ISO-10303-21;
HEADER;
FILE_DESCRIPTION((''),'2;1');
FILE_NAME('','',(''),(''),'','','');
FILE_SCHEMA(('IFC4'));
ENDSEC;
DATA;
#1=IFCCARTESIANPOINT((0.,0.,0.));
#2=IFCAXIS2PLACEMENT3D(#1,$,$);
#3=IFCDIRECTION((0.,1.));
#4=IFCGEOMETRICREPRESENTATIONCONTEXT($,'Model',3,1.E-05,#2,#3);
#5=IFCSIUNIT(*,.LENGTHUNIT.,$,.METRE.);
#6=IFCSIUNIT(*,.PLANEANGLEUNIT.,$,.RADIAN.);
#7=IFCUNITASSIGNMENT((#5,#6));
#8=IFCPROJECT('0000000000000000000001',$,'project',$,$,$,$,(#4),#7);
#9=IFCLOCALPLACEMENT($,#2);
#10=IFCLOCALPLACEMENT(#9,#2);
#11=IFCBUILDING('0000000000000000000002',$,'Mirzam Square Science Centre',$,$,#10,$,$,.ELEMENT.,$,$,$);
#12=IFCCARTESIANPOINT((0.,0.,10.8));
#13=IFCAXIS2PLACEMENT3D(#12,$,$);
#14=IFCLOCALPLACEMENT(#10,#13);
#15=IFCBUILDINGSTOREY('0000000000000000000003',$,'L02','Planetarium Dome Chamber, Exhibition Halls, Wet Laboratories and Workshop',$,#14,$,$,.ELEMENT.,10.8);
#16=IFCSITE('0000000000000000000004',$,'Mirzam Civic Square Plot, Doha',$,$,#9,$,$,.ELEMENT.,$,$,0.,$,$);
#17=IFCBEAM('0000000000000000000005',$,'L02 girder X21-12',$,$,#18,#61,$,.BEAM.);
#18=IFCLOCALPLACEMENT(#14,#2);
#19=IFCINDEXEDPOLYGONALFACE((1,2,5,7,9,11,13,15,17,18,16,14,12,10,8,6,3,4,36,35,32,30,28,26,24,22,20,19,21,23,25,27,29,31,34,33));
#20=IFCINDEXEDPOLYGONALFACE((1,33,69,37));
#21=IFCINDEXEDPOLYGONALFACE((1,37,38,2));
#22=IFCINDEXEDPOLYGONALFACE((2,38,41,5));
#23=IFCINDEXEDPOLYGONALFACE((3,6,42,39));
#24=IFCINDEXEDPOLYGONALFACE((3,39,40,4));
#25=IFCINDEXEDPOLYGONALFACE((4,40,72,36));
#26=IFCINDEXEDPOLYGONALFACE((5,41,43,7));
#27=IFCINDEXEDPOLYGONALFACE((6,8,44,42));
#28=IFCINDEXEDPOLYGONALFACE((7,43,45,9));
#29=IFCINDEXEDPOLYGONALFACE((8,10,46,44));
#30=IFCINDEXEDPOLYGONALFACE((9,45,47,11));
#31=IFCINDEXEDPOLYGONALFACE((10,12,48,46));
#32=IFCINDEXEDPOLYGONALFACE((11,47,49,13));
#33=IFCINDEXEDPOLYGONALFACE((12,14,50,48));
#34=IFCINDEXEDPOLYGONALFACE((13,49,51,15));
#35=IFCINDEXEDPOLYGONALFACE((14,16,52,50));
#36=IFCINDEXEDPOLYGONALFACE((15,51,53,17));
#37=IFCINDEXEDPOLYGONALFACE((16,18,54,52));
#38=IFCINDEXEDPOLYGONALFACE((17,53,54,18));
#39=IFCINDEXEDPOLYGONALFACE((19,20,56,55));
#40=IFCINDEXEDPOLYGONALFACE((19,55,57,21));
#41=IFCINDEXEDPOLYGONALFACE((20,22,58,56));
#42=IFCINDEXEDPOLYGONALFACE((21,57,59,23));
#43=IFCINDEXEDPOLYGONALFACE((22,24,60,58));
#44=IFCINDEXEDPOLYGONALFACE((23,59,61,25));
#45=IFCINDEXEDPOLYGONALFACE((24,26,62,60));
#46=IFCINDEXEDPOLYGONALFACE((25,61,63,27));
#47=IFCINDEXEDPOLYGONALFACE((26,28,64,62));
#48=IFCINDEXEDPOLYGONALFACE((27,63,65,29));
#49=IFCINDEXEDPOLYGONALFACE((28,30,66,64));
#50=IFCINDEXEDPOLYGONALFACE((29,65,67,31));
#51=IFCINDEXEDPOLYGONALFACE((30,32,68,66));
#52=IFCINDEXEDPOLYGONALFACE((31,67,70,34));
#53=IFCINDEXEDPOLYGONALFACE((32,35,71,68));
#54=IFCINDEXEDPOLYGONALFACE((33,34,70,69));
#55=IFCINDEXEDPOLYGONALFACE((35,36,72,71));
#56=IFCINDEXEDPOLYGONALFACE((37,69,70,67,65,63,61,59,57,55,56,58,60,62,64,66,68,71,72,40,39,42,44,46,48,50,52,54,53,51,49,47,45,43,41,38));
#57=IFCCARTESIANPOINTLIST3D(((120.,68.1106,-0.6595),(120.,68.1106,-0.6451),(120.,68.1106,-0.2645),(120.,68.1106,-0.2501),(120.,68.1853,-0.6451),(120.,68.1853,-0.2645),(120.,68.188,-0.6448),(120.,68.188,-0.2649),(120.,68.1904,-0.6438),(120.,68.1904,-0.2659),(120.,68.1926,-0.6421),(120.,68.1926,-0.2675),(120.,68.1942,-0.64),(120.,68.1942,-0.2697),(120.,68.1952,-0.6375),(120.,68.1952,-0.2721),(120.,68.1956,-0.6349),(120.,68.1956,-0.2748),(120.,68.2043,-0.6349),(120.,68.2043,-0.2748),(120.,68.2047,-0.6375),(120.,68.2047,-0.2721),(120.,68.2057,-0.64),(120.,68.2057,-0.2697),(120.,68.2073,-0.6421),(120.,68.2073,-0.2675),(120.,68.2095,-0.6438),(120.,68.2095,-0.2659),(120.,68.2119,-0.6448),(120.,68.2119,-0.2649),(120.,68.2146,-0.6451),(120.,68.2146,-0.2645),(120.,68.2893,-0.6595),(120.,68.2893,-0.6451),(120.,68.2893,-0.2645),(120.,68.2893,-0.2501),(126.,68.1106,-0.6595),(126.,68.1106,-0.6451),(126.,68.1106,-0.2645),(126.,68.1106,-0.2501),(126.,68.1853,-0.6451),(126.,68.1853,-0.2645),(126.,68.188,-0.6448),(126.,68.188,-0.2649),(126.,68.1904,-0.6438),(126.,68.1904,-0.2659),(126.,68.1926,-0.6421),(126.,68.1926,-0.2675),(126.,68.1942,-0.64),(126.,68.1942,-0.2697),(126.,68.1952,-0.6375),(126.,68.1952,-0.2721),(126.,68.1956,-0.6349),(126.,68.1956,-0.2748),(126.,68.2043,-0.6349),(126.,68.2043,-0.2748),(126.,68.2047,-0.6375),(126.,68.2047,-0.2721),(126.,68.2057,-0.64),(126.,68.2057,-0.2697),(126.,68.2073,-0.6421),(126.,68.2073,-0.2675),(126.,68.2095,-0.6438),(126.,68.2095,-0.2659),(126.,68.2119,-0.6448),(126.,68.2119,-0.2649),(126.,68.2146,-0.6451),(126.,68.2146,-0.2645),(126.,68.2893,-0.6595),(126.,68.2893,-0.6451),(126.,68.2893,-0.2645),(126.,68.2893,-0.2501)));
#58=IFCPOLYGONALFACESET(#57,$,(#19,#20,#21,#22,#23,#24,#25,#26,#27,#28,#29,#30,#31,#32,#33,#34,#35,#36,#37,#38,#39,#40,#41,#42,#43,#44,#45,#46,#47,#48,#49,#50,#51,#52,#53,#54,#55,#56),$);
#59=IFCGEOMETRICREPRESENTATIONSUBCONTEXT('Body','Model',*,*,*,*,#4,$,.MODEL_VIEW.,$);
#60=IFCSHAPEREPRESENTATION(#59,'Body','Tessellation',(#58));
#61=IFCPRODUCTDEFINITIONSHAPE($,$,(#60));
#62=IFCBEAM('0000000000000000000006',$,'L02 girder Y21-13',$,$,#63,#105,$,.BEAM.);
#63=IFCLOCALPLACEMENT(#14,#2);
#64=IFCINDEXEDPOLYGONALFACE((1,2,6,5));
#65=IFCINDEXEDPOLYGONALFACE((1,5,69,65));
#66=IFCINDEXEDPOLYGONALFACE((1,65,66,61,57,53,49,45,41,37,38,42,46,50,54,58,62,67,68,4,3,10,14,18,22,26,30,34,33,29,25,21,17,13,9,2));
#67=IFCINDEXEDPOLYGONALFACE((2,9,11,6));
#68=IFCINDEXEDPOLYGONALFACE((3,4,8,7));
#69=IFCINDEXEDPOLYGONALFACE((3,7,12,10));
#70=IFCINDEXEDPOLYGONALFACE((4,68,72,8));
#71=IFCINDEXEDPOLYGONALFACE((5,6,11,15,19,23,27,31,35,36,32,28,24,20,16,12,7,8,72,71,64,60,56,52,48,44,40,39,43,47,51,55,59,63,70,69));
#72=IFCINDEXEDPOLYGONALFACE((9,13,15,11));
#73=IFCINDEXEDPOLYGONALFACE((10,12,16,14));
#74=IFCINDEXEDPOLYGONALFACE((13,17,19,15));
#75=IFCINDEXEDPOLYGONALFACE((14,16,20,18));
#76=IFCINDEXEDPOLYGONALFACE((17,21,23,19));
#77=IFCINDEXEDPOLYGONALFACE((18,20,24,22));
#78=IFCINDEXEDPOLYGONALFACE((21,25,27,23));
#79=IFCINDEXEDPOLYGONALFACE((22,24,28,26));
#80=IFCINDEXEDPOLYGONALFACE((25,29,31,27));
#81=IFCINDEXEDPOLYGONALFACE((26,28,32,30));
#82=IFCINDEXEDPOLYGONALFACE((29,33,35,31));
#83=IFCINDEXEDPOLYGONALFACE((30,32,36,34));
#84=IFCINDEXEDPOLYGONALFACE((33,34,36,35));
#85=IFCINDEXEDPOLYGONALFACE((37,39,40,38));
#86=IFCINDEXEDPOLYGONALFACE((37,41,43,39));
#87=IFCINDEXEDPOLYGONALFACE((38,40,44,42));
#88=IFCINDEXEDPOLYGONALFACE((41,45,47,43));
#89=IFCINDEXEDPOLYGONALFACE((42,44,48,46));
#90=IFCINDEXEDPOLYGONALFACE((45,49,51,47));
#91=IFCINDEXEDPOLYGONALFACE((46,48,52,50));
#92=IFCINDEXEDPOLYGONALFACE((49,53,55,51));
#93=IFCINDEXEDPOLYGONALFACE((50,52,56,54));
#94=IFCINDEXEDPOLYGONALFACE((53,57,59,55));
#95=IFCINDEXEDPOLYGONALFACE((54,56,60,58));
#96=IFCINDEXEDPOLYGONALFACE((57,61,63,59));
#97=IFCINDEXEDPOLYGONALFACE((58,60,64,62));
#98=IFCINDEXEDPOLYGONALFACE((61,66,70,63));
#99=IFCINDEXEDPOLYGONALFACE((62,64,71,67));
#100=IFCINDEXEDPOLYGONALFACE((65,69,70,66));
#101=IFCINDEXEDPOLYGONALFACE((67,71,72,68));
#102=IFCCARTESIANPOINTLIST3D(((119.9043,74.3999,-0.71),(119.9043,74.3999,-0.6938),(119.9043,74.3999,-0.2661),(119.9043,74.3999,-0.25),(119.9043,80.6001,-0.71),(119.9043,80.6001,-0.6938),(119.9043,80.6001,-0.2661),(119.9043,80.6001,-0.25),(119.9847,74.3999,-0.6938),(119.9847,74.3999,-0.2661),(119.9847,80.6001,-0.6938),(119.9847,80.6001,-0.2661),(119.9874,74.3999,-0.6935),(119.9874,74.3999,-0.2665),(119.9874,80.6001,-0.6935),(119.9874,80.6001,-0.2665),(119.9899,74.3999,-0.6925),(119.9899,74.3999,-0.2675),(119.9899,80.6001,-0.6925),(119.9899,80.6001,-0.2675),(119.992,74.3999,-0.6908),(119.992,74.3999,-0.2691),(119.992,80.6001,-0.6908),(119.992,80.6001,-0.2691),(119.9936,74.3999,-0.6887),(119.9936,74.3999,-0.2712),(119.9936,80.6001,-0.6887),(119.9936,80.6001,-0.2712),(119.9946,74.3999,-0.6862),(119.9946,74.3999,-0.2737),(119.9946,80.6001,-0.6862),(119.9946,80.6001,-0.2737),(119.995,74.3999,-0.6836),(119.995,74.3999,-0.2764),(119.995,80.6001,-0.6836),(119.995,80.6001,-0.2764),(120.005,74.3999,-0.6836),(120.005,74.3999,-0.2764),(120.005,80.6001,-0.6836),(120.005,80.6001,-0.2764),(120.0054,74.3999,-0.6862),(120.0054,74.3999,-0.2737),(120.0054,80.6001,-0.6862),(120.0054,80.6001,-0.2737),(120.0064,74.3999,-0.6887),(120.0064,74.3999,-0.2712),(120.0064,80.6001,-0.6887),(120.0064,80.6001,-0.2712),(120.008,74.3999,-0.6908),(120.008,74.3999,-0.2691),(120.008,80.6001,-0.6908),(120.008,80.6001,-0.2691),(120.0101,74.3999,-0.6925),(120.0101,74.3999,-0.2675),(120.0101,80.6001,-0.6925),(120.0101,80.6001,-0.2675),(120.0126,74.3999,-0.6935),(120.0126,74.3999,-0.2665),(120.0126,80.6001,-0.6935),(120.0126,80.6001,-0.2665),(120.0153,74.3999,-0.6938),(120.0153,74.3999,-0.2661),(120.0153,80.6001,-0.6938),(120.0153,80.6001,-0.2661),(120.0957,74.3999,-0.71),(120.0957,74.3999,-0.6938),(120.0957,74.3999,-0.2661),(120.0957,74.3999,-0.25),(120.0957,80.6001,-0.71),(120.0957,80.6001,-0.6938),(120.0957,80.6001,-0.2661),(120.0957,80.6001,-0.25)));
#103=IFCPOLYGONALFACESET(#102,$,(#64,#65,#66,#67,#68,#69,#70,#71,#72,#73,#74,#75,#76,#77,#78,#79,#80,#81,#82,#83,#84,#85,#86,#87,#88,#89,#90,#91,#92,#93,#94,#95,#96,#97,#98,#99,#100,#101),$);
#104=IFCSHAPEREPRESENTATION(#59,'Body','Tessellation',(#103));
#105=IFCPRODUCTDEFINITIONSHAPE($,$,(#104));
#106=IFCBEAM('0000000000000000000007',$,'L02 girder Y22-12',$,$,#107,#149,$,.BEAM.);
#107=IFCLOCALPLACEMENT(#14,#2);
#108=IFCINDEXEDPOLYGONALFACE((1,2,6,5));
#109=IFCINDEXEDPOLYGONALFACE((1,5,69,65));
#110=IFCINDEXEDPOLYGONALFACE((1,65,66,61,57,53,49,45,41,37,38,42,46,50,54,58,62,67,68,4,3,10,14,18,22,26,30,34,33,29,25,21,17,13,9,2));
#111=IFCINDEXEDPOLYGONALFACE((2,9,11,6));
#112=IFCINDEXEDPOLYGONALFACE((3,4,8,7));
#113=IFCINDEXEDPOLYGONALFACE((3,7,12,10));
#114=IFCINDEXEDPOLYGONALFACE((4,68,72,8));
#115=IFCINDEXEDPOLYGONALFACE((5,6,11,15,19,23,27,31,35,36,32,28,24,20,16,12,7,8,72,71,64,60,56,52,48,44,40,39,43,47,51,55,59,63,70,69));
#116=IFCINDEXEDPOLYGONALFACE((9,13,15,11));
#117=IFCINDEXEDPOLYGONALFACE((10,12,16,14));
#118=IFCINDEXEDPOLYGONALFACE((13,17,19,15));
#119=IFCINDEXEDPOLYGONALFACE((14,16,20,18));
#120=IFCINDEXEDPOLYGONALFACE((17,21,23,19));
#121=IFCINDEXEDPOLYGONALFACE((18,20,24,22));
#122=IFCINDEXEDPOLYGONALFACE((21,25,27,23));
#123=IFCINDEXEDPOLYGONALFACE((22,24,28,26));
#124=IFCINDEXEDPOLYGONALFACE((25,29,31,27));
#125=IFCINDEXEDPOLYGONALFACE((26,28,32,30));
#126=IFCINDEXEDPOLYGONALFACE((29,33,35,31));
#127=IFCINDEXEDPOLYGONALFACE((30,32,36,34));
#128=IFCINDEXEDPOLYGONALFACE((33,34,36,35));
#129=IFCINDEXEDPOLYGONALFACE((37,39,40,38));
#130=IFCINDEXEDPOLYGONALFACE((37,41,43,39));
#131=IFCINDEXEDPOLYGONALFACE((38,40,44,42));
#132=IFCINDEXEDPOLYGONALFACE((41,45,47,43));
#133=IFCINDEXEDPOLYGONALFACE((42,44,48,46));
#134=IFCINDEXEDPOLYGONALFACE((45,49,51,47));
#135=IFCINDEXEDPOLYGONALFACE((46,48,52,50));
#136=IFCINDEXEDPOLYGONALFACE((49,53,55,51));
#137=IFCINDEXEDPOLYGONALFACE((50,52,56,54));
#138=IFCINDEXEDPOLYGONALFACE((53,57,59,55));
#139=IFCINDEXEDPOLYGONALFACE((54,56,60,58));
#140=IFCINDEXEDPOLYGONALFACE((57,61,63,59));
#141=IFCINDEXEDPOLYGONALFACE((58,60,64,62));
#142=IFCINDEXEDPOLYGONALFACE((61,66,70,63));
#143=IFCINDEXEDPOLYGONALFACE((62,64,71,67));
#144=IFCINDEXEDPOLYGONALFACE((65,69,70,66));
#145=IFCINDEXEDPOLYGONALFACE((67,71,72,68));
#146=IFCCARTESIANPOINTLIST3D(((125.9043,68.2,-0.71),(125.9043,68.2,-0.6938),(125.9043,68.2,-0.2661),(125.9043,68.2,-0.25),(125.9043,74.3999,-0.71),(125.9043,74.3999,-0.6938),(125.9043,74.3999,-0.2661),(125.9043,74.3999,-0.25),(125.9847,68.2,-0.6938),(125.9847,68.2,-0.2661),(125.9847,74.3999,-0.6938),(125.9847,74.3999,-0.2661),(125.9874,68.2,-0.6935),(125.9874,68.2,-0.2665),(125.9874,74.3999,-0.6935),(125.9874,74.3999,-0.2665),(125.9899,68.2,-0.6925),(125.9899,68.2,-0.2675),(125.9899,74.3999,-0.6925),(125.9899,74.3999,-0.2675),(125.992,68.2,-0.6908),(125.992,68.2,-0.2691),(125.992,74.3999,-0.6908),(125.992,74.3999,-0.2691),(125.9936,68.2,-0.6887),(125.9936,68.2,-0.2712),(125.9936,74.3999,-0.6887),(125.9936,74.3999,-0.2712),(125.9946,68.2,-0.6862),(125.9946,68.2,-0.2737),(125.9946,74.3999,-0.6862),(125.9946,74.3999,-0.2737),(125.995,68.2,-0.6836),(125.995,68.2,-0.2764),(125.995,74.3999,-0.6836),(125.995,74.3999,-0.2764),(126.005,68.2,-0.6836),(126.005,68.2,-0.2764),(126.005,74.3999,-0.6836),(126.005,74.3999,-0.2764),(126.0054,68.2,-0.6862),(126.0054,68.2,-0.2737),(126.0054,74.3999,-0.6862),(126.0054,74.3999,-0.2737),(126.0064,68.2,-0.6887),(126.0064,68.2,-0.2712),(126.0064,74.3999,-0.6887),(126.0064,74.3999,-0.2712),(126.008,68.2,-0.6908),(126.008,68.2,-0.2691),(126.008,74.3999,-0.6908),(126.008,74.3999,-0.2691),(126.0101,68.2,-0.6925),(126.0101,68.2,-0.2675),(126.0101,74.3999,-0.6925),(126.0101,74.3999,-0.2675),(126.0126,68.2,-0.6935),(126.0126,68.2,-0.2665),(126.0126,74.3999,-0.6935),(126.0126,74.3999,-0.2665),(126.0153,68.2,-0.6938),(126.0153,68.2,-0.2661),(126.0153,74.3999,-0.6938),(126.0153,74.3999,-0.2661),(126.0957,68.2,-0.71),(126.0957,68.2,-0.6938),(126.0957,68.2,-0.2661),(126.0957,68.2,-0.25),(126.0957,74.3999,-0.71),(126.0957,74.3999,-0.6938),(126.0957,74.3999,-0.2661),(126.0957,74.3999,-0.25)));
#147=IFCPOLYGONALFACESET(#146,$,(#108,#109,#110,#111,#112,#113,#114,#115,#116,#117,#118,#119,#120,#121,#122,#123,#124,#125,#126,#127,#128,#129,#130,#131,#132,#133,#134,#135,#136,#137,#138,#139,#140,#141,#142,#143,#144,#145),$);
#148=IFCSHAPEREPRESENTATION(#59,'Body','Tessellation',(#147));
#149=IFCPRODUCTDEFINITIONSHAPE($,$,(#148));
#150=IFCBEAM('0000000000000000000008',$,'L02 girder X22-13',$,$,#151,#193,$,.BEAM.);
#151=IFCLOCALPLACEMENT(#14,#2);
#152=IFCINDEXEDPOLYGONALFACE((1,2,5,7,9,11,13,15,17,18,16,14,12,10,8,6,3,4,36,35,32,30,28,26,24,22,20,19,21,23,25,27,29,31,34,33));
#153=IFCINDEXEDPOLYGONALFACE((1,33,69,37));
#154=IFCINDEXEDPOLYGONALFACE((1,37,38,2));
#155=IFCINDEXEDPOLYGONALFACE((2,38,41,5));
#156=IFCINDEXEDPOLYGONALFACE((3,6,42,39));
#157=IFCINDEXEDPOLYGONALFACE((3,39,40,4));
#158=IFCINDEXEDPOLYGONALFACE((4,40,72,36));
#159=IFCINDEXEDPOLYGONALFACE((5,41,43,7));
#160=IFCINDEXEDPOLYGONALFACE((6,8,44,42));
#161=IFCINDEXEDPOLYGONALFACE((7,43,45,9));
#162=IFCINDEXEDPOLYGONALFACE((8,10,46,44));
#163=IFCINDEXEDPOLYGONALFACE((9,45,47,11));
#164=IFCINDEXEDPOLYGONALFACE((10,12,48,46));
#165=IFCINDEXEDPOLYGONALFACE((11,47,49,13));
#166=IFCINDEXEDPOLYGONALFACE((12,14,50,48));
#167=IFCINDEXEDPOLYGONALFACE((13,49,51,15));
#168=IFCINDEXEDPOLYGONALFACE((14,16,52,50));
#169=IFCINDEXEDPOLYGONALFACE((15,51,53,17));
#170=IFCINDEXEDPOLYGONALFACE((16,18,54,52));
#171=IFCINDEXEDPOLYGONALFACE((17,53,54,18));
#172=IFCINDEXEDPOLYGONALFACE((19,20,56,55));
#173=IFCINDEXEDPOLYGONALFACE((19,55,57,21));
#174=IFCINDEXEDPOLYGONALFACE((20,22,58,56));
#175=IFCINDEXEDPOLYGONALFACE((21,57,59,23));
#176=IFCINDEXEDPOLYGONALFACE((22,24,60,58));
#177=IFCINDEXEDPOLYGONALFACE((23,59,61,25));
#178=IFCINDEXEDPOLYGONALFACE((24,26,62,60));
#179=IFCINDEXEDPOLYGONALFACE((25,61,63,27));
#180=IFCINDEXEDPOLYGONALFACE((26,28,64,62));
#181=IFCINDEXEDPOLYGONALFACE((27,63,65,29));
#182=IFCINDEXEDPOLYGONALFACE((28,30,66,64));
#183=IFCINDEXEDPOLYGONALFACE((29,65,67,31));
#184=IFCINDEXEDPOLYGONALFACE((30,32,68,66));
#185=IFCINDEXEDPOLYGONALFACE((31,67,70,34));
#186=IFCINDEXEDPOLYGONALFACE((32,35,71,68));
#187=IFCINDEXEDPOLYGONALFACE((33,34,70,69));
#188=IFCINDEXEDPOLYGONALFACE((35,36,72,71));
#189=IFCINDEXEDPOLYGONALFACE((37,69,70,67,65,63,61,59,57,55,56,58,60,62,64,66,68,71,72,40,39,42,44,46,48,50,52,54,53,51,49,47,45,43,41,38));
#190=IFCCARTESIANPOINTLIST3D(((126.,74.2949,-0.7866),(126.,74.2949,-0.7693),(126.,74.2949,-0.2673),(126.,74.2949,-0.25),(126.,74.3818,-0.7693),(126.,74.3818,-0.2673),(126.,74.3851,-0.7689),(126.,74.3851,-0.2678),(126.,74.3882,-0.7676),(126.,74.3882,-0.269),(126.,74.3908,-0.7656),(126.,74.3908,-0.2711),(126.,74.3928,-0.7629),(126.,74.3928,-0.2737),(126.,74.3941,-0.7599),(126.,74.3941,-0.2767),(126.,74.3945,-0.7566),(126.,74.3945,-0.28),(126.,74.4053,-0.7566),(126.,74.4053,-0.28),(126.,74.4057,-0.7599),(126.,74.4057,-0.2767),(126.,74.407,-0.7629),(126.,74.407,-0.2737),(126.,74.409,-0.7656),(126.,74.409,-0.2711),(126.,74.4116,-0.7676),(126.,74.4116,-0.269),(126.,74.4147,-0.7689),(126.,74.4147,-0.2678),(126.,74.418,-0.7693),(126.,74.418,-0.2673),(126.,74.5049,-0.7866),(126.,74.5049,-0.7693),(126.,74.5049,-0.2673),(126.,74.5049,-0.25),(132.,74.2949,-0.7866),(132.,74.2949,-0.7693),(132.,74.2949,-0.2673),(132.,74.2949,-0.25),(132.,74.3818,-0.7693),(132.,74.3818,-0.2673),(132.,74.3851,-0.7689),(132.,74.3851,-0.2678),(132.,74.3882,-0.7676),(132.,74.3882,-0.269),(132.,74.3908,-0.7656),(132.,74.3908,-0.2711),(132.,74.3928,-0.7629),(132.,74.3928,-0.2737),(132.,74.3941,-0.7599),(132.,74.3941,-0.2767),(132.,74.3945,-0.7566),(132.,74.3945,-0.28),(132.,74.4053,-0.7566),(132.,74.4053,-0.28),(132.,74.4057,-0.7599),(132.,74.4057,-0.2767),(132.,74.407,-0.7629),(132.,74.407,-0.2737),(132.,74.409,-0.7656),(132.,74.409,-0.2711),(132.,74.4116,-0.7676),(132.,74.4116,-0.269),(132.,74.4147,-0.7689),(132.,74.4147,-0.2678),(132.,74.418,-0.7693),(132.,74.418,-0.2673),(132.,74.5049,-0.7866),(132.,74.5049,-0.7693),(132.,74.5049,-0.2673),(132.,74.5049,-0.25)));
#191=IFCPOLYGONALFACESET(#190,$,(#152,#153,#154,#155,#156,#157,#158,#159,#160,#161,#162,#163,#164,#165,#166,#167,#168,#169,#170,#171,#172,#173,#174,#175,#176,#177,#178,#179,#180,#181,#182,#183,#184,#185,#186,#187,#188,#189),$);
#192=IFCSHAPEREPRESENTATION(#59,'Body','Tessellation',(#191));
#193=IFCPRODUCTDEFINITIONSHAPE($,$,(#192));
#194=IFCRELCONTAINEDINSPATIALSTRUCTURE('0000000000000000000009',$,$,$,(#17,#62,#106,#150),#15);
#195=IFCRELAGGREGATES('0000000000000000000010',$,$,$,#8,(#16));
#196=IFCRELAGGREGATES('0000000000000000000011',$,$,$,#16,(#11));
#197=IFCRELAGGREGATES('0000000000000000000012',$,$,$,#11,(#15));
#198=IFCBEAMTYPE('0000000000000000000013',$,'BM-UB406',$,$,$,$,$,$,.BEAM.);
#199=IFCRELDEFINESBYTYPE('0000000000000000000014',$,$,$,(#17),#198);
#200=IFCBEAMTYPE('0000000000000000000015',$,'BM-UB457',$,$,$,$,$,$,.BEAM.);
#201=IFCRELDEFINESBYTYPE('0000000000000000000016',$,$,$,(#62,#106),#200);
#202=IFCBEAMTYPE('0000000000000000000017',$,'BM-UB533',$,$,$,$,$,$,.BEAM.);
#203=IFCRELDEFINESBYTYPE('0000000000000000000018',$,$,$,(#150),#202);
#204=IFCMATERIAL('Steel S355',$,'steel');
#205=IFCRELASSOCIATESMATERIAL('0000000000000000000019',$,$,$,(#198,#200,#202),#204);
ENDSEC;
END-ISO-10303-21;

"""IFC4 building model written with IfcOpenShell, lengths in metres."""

from ifc_helpers import new_model, si_unit, direction, frame, origin, origin_2d, place, context, subcontext, project, spatial, i_section, extrude, material, material_profile, profile_set, type_object, element, save


model = new_model("IFC4")

# Units and contexts
model_context = context("Model", 3, precision=1e-05, world=origin(), true_north=direction((0.0, 1.0)))
body_context = subcontext(model_context, "Body", "Model", "MODEL_VIEW")
ifc_project = project(units=[si_unit("LENGTHUNIT", "METRE"), si_unit("PLANEANGLEUNIT", "RADIAN")], contexts=[model_context])

# Site, building, storey
site_placement = place(None, origin())
site = spatial("IfcSite", under=ifc_project, at=site_placement, Name="Mirzam Civic Square Plot, Doha", CompositionType="ELEMENT", RefElevation=0.0)
building_placement = place(site_placement, origin())
building = spatial("IfcBuilding", under=site, at=building_placement, Name="Mirzam Square Science Centre", CompositionType="ELEMENT")
storey_placement = place(building_placement, frame((0.0, 0.0, 10.8)))
storey = spatial("IfcBuildingStorey", under=building, at=storey_placement, Name="L02", Description="Planetarium Dome Chamber, Exhibition Halls, Wet Laboratories and Workshop", CompositionType="ELEMENT", Elevation=10.8)

# Shared definitions
ifc_material_1 = material(Name="Steel S355", Category="steel")

# Beams
ifc_material_profile_1 = material_profile(ifc_material_1, i_section(OverallWidth=0.1787, OverallDepth=0.4094, WebThickness=0.0088, FlangeThickness=0.0144, FilletRadius=0.0103, at=origin_2d()), Name="406x178x67UB")
ifc_profile_set_1 = profile_set([ifc_material_profile_1], Name="Steel S355")
beam_type_1 = type_object("IfcBeamType", Name="BM-UB406", PredefinedType="BEAM", material=ifc_profile_set_1)
beam_1_placement = place(storey_placement, frame((120.0, 68.2, -0.4548), z_axis=(1.0, 0.0, 0.0), x_axis=(0.0, 1.0, 0.0)))
element("IfcBeam", 1, at=beam_1_placement, inside=storey, type_object=beam_type_1, Name="L02 girder X21-12", PredefinedType="BEAM", context=body_context, shape_type="SweptSolid", body=[
    extrude(i_section(OverallWidth=0.1787, OverallDepth=0.4094, WebThickness=0.0088, FlangeThickness=0.0144, FilletRadius=0.0103, at=origin_2d()), origin(), (0.0, 0.0, 1.0), 6.0),
])
ifc_material_profile_2 = material_profile(ifc_material_1, i_section(OverallWidth=0.1914, OverallDepth=0.46, WebThickness=0.01, FlangeThickness=0.0161, FilletRadius=0.0103, at=origin_2d()), Name="457x191x82UB")
ifc_profile_set_2 = profile_set([ifc_material_profile_2], Name="Steel S355")
beam_type_2 = type_object("IfcBeamType", Name="BM-UB457", PredefinedType="BEAM", material=ifc_profile_set_2)
beam_2_placement = place(storey_placement, frame((120.0, 74.3999, -0.48), z_axis=(0.0, 1.0, 0.0), x_axis=(-1.0, 0.0, 0.0)))
element("IfcBeam", 2, at=beam_2_placement, inside=storey, type_object=beam_type_2, Name="L02 girder Y21-13", PredefinedType="BEAM", context=body_context, shape_type="SweptSolid", body=[
    extrude(i_section(OverallWidth=0.1914, OverallDepth=0.46, WebThickness=0.01, FlangeThickness=0.0161, FilletRadius=0.0103, at=origin_2d()), origin(), (0.0, 0.0, 1.0), 6.2002),
])
beam_3_placement = place(storey_placement, frame((126.0, 68.2, -0.48), z_axis=(0.0, 1.0, 0.0), x_axis=(-1.0, 0.0, 0.0)))
element("IfcBeam", 3, at=beam_3_placement, inside=storey, type_object=beam_type_2, Name="L02 girder Y22-12", PredefinedType="BEAM", context=body_context, shape_type="SweptSolid", body=[
    extrude(i_section(OverallWidth=0.1914, OverallDepth=0.46, WebThickness=0.01, FlangeThickness=0.0161, FilletRadius=0.0103, at=origin_2d()), origin(), (0.0, 0.0, 1.0), 6.2),
])
ifc_material_profile_3 = material_profile(ifc_material_1, i_section(OverallWidth=0.21, OverallDepth=0.5366, WebThickness=0.0107, FlangeThickness=0.0173, FilletRadius=0.0127, at=origin_2d()), Name="533x210x101UB")
ifc_profile_set_3 = profile_set([ifc_material_profile_3], Name="Steel S355")
beam_type_3 = type_object("IfcBeamType", Name="BM-UB533", PredefinedType="BEAM", material=ifc_profile_set_3)
beam_4_placement = place(storey_placement, frame((126.0, 74.3999, -0.5183), z_axis=(1.0, 0.0, 0.0), x_axis=(0.0, 1.0, 0.0)))
element("IfcBeam", 4, at=beam_4_placement, inside=storey, type_object=beam_type_3, Name="L02 girder X22-13", PredefinedType="BEAM", context=body_context, shape_type="SweptSolid", body=[
    extrude(i_section(OverallWidth=0.21, OverallDepth=0.5366, WebThickness=0.0107, FlangeThickness=0.0173, FilletRadius=0.0127, at=origin_2d()), origin(), (0.0, 0.0, 1.0), 6.0),
])

save(model, "model.ifc")
